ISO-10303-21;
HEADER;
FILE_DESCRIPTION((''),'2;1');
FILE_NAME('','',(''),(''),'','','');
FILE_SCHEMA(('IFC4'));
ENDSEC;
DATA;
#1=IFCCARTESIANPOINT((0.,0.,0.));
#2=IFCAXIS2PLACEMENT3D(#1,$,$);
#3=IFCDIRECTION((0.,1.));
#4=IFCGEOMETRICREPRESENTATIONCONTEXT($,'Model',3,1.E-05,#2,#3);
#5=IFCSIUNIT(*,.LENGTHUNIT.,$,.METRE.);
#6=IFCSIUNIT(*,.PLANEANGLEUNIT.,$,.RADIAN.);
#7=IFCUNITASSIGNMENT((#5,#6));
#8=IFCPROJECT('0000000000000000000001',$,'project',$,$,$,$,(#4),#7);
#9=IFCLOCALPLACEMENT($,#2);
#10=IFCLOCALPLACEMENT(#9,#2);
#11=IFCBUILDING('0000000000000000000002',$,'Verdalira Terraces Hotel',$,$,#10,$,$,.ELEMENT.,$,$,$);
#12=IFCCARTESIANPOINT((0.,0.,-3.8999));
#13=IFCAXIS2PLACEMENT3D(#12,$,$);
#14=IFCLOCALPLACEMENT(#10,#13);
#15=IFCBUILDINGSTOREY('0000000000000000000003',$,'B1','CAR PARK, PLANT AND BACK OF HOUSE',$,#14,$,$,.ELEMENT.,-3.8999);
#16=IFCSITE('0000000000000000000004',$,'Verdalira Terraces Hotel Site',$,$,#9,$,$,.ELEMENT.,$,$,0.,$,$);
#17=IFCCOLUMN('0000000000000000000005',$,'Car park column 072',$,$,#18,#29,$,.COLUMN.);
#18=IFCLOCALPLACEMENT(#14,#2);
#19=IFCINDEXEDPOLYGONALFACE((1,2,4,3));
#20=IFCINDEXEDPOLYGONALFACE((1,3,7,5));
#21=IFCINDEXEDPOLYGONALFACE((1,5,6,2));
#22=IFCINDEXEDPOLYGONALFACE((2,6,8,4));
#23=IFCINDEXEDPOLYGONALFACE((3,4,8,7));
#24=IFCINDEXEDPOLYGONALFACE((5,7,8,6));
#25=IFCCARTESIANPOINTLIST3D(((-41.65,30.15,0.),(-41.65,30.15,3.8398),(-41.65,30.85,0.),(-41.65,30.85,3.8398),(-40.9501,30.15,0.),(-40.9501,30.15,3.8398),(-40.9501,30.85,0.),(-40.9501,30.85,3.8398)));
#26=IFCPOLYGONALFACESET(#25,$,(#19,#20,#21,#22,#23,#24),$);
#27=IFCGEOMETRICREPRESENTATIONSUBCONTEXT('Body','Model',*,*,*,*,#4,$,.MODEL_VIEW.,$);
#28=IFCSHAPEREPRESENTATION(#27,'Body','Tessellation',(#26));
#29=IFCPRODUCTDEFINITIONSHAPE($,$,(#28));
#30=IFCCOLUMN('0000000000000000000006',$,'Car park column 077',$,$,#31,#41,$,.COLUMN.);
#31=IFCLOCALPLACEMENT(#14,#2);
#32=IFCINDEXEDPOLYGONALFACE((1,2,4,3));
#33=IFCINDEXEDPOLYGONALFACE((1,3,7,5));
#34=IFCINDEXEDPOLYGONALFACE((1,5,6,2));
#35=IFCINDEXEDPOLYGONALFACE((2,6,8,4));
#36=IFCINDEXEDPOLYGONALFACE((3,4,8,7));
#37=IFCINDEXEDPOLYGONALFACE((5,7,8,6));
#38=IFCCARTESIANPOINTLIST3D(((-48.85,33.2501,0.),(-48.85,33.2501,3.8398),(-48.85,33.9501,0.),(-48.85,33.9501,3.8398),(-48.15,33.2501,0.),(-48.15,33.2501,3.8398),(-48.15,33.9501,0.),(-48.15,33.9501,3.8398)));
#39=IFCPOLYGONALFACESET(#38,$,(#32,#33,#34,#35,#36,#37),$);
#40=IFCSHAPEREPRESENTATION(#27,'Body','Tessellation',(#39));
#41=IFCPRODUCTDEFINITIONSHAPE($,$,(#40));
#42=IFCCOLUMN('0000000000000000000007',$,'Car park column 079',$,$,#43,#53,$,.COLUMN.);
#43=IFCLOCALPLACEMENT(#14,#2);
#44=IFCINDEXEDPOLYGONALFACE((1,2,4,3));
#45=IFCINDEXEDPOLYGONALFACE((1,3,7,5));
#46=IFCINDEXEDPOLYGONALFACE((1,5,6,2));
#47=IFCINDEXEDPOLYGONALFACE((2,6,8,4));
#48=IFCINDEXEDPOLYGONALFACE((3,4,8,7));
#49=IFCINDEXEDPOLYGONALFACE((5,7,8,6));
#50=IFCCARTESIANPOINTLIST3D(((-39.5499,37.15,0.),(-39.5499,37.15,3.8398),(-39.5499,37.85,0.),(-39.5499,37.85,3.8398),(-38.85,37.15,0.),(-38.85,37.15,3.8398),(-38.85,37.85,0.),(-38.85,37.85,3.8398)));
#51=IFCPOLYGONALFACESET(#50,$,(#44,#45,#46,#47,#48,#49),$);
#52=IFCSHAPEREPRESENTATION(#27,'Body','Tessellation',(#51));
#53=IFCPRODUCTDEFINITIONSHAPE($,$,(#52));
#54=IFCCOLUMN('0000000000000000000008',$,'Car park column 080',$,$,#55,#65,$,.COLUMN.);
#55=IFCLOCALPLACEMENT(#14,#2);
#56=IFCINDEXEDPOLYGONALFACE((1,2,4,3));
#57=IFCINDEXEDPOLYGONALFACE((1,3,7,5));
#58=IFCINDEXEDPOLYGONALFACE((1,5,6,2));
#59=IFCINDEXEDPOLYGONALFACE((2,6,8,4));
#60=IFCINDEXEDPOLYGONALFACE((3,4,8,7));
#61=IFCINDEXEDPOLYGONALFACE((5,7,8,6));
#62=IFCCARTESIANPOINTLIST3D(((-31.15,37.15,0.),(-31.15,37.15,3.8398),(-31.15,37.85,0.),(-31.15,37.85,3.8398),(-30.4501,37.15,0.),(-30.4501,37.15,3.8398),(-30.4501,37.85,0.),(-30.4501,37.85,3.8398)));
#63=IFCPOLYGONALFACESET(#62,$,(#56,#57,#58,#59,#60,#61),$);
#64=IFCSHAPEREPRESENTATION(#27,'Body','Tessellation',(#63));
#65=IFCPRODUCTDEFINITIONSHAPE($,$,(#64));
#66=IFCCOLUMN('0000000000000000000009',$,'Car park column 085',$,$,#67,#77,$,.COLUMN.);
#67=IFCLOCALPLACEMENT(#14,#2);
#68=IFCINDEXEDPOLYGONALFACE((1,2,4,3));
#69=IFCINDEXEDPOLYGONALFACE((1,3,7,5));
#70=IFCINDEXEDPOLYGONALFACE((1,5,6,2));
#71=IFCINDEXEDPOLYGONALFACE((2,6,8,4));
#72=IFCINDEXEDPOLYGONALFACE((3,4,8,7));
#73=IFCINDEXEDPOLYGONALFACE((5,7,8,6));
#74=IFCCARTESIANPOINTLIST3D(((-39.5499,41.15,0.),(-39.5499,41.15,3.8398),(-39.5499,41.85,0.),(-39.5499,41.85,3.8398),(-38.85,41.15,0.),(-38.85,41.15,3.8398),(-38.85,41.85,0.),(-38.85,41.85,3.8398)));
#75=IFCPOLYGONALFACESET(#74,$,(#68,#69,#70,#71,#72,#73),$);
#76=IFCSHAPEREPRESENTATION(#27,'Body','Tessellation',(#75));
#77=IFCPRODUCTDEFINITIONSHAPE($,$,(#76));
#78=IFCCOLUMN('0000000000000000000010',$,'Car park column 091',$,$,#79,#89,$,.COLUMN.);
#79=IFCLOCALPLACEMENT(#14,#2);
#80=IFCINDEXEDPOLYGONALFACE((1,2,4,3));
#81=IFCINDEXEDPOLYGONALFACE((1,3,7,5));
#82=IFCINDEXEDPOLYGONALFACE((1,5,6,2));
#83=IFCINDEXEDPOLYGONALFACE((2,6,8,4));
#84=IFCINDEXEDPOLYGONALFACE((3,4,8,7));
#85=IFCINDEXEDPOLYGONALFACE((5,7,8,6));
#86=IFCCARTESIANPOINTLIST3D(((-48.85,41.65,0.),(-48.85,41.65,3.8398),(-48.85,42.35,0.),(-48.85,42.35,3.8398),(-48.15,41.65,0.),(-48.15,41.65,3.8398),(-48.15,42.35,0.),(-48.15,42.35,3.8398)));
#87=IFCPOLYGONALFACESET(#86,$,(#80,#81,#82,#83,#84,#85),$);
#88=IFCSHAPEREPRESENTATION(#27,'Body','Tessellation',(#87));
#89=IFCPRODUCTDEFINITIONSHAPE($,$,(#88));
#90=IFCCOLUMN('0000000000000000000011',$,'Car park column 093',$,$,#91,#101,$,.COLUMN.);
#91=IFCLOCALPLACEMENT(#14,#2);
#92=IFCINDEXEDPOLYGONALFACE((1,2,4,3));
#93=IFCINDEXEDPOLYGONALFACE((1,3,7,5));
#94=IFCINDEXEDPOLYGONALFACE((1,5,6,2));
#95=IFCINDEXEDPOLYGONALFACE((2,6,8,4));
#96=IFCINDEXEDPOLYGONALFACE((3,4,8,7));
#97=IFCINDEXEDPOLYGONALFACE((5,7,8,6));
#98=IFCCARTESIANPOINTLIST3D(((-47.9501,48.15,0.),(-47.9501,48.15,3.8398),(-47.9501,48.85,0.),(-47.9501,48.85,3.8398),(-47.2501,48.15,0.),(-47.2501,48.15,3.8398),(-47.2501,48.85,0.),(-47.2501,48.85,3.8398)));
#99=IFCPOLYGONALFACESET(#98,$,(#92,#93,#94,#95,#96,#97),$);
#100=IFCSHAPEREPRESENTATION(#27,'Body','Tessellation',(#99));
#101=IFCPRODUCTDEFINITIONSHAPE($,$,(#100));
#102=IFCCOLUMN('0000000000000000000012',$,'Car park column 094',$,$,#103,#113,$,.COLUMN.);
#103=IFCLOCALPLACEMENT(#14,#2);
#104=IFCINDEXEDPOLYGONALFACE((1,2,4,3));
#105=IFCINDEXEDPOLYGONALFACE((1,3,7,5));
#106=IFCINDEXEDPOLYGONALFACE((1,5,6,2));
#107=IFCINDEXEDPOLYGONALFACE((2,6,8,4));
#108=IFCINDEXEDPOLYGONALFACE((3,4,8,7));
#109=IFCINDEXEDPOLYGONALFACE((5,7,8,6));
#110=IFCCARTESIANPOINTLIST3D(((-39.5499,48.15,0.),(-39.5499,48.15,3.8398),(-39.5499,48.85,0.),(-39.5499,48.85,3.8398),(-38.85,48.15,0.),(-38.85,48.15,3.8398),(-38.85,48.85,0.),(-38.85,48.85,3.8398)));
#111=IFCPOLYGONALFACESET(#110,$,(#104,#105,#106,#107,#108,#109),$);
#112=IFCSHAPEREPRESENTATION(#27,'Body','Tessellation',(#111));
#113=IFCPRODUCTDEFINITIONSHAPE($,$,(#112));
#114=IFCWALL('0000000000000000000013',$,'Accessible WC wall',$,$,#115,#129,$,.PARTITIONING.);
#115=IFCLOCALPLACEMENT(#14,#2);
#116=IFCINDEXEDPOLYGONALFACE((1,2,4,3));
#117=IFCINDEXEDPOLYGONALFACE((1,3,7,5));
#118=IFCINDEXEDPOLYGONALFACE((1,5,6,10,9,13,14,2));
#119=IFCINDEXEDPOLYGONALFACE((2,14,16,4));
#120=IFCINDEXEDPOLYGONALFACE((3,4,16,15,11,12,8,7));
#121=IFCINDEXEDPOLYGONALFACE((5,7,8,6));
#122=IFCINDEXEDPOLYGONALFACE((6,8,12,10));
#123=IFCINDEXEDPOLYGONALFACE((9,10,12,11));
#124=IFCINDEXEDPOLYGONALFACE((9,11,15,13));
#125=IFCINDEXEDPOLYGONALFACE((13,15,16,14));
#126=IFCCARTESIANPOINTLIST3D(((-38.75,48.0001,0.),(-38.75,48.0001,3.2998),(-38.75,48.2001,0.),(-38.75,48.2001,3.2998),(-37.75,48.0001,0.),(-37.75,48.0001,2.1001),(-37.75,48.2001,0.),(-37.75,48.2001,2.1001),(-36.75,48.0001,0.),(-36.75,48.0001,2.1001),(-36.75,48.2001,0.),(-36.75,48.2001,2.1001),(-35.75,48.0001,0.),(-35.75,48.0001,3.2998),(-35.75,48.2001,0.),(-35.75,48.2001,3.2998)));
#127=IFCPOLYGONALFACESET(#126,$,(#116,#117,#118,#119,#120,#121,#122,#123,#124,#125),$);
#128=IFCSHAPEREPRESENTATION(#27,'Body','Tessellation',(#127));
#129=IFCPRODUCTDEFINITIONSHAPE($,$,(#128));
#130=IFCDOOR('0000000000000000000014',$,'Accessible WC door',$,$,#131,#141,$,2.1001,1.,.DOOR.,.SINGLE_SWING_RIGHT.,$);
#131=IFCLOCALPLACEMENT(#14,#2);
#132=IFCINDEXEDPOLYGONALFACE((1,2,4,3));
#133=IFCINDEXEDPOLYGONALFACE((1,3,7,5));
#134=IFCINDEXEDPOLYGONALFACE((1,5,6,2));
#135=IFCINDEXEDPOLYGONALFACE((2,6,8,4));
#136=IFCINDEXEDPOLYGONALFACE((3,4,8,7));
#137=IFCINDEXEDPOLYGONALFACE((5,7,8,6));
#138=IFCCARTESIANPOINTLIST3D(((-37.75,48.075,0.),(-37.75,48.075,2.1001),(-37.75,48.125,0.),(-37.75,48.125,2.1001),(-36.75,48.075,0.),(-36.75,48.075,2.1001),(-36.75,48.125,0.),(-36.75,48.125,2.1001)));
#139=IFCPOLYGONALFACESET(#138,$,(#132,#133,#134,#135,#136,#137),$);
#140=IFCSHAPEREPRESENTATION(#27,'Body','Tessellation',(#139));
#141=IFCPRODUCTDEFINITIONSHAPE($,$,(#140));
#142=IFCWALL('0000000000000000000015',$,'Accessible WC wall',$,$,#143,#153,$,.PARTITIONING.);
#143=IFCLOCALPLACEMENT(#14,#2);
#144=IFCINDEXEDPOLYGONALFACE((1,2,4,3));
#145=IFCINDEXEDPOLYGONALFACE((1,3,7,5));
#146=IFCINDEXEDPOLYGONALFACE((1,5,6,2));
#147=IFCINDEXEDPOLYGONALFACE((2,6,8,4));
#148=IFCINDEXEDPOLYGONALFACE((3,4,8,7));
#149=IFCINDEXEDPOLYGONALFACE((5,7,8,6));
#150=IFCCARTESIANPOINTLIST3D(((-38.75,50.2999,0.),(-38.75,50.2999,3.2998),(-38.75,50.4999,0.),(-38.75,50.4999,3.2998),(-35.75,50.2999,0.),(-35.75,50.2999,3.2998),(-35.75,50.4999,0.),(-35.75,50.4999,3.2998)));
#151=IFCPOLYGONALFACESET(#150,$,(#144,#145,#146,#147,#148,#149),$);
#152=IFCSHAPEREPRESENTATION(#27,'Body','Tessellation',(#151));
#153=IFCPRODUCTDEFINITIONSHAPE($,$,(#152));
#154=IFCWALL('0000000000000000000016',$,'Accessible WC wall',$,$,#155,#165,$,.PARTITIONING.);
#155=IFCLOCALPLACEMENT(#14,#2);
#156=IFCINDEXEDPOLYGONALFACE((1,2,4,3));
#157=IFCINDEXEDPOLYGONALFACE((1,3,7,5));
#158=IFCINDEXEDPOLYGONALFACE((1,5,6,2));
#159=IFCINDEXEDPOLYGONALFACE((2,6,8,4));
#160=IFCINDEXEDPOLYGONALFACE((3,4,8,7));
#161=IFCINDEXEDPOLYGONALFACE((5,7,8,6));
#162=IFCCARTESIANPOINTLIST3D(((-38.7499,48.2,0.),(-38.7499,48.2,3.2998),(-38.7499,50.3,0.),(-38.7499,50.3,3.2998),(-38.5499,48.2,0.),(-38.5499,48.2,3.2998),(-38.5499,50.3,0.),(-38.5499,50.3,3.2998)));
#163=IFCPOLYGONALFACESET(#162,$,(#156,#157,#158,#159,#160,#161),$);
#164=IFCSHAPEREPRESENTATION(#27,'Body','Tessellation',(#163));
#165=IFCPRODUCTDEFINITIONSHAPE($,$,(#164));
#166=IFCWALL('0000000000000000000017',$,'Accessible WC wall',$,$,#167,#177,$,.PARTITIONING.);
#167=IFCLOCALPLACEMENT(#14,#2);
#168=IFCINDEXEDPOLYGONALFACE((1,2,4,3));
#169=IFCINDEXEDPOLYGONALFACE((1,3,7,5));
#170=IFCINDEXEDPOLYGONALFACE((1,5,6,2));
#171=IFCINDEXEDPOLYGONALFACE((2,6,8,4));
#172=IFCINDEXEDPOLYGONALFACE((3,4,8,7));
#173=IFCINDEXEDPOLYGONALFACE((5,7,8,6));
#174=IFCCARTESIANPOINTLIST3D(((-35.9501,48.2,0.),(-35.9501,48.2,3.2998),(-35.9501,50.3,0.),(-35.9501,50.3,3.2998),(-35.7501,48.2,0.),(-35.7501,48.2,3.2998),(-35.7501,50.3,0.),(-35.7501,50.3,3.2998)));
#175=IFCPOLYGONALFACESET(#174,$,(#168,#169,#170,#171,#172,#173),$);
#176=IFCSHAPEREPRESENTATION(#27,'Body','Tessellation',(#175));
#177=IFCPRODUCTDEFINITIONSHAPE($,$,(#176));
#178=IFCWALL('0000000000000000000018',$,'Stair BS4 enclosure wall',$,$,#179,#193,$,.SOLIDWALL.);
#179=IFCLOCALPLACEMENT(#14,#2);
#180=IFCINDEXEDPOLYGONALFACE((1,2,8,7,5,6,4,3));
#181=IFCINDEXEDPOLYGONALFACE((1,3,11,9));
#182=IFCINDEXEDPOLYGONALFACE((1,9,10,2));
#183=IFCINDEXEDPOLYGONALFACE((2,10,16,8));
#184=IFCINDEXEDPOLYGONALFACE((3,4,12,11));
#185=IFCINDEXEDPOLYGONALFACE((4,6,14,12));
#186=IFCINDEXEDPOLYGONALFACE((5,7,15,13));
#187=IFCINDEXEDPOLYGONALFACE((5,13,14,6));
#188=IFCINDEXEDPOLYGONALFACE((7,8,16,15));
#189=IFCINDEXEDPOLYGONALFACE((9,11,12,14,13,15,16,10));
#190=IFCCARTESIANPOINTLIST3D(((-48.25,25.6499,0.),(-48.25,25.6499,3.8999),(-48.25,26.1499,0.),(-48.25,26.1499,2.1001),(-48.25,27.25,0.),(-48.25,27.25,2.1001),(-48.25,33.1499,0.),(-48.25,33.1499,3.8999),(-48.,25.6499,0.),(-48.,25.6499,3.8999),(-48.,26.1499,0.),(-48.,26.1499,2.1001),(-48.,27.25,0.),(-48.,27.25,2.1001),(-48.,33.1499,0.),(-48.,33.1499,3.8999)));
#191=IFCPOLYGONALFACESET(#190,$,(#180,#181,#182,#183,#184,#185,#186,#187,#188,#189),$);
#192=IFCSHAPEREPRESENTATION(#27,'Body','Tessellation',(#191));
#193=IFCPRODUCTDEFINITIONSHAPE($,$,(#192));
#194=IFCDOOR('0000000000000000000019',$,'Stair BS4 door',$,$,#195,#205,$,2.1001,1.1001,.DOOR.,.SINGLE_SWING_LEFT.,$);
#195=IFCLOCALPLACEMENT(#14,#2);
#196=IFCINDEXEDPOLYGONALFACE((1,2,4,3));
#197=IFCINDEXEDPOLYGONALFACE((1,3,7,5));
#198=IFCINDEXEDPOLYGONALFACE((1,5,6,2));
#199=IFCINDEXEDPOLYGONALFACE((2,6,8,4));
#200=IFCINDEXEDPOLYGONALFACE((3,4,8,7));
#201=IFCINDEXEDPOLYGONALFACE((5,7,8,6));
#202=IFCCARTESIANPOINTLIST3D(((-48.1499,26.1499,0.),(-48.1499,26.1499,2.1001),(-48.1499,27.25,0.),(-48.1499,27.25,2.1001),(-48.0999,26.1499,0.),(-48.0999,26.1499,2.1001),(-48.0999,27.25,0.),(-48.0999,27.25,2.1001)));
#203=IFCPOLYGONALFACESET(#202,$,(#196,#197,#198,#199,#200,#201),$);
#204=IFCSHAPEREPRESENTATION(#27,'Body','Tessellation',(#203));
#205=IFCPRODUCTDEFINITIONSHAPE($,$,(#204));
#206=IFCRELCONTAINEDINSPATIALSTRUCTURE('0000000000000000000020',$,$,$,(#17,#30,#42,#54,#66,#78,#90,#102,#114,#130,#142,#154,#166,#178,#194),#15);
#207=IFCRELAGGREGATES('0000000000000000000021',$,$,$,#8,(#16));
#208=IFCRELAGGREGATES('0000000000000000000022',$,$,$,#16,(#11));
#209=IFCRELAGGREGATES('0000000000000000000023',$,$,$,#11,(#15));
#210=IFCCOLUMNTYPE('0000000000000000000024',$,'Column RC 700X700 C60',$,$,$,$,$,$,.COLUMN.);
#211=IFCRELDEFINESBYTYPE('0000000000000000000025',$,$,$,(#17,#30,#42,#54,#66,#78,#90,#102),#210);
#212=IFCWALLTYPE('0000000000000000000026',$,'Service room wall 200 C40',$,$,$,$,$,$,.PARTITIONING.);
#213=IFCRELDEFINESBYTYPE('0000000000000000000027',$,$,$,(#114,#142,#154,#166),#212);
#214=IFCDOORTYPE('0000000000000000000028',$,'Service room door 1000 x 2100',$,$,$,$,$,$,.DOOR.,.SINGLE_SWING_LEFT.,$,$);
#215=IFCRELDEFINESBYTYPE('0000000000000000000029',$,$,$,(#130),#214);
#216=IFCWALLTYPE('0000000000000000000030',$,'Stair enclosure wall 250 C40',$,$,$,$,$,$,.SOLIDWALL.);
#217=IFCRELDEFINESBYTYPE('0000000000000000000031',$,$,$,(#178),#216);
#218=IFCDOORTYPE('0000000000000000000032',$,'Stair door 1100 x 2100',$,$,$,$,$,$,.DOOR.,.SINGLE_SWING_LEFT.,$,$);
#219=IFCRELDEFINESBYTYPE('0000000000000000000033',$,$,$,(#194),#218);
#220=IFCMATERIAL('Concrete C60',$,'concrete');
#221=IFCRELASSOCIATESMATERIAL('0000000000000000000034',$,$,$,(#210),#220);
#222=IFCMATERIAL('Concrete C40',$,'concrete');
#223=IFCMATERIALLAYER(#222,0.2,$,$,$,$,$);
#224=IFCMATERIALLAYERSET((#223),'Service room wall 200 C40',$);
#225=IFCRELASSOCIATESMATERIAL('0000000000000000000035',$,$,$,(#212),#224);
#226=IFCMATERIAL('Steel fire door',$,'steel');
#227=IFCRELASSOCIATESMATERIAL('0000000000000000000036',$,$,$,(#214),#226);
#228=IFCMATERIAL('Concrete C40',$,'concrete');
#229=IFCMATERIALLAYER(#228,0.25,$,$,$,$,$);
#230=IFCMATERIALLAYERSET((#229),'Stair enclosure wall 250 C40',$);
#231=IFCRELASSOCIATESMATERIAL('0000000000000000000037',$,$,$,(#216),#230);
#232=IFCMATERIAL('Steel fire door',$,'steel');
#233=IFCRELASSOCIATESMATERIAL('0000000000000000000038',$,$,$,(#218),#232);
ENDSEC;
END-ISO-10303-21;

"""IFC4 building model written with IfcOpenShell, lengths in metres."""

from ifc_helpers import new_model, si_unit, direction, frame, frame_2d, origin, origin_2d, place, context, subcontext, project, spatial, rectangle, extrude, material, layer, layer_set, material_profile, profile_set, type_object, element, fill, save


model = new_model("IFC4")

# Units and contexts
model_context = context("Model", 3, precision=1e-05, world=origin(), true_north=direction((0.0, 1.0)))
body_context = subcontext(model_context, "Body", "Model", "MODEL_VIEW")
ifc_project = project(units=[si_unit("LENGTHUNIT", "METRE"), si_unit("PLANEANGLEUNIT", "RADIAN")], contexts=[model_context])

# Site, building, storey
site_placement = place(None, origin())
site = spatial("IfcSite", under=ifc_project, at=site_placement, Name="Verdalira Terraces Hotel Site", CompositionType="ELEMENT", RefElevation=0.0)
building_placement = place(site_placement, origin())
building = spatial("IfcBuilding", under=site, at=building_placement, Name="Verdalira Terraces Hotel", CompositionType="ELEMENT")
storey_placement = place(building_placement, frame((0.0, 0.0, -3.8999)))
storey = spatial("IfcBuildingStorey", under=building, at=storey_placement, Name="B1", Description="CAR PARK, PLANT AND BACK OF HOUSE", CompositionType="ELEMENT", Elevation=-3.8999)

# Columns
ifc_material_1 = material(Name="Concrete C60", Category="concrete")
ifc_material_profile = material_profile(ifc_material_1, rectangle(XDim=0.7, YDim=0.7, at=origin_2d()), Name="RC 700X700")
ifc_profile_set = profile_set([ifc_material_profile], Name="Concrete C60")
column_type = type_object("IfcColumnType", Name="Column RC 700X700 C60", PredefinedType="COLUMN", material=ifc_profile_set)
for number, where, z_axis, x_axis, name in (
    (1, (-41.3, 30.5, 0.0), (0.0, 0.0, 1.0), (1.0, 0.0, 0.0), "Car park column 072"),
    (2, (-48.5, 33.6001, 0.0), (0.0, 0.0, 1.0), (1.0, 0.0, 0.0), "Car park column 077"),
    (3, (-39.2, 37.5, 0.0), (0.0, 0.0, 1.0), (1.0, 0.0, 0.0), "Car park column 079"),
    (4, (-30.8, 37.5, 0.0), (0.0, 0.0, 1.0), (1.0, 0.0, 0.0), "Car park column 080"),
    (5, (-39.2, 41.5, 0.0), (0.0, 0.0, 1.0), (1.0, 0.0, 0.0), "Car park column 085"),
    (6, (-48.5, 42.0, 0.0), (0.0, 0.0, 1.0), (1.0, 0.0, 0.0), "Car park column 091"),
    (7, (-47.6001, 48.5, 0.0), (0.0, 0.0, 1.0), (1.0, 0.0, 0.0), "Car park column 093"),
    (8, (-39.2, 48.5, 0.0), (0.0, 0.0, 1.0), (1.0, 0.0, 0.0), "Car park column 094"),
):
    element("IfcColumn", number, at=place(storey_placement, frame(where, z_axis=z_axis, x_axis=x_axis)), inside=storey, type_object=column_type, Name=name, PredefinedType="COLUMN", context=body_context, shape_type="SweptSolid", body=[
        extrude(rectangle(XDim=0.7, YDim=0.7, at=origin_2d()), origin(), (0.0, 0.0, 1.0), 3.8398),
    ])

# Wall, opening, door
ifc_material_2 = material(Name="Concrete C40", Category="concrete")
ifc_layer_1 = layer(ifc_material_2, 0.2)
ifc_layer_set_1 = layer_set([ifc_layer_1], Name="Service room wall 200 C40")
wall_type_1 = type_object("IfcWallType", Name="Service room wall 200 C40", PredefinedType="PARTITIONING", material=ifc_layer_set_1)
wall_1_placement = place(storey_placement, frame((-38.75, 48.1001, 0.0), z_axis=(0.0, 0.0, 1.0), x_axis=(1.0, 0.0, 0.0)))
wall_1 = element("IfcWall", 9, at=wall_1_placement, inside=storey, type_object=wall_type_1, Name="Accessible WC wall", PredefinedType="PARTITIONING", context=body_context, shape_type="SweptSolid", body=[
    extrude(rectangle(XDim=3.0, YDim=0.2, at=frame_2d((1.5, 0.0))), origin(), (0.0, 0.0, 1.0), 3.2998),
])
opening_1_placement = place(wall_1_placement, frame((1.0, 0.0, 0.0)))
opening_1 = element("IfcOpeningElement", 10, at=opening_1_placement, cuts=wall_1, PredefinedType="OPENING", context=body_context, shape_type="SweptSolid", body=[
    extrude(rectangle(XDim=1.0, YDim=2.1001, at=frame_2d((0.5, 1.05))), frame((0.0, 0.1099, 0.0), z_axis=(0.0, -1.0, 0.0), x_axis=(1.0, 0.0, 0.0)), (0.0, 0.0, 1.0), 0.22),
])
ifc_material_3 = material(Name="Steel fire door", Category="steel")
door_type_1 = type_object("IfcDoorType", Name="Service room door 1000 x 2100", OperationType="SINGLE_SWING_LEFT", PredefinedType="DOOR", material=ifc_material_3)
door_1_placement = place(opening_1_placement, origin())
door_1 = element("IfcDoor", 11, at=door_1_placement, inside=storey, type_object=door_type_1, Name="Accessible WC door", OperationType="SINGLE_SWING_RIGHT", OverallHeight=2.1001, OverallWidth=1.0, PredefinedType="DOOR", context=body_context, shape_type="SweptSolid", body=[
    extrude(rectangle(XDim=1.0, YDim=2.1001, at=frame_2d((0.5, 1.05))), frame((0.0, 0.0249, 0.0), z_axis=(0.0, -1.0, 0.0), x_axis=(1.0, 0.0, 0.0)), (0.0, 0.0, 1.0), 0.05),
])
fill(opening_1, door_1)

# Walls
wall_2_placement = place(storey_placement, frame((-38.75, 50.3999, 0.0), z_axis=(0.0, 0.0, 1.0), x_axis=(1.0, 0.0, 0.0)))
element("IfcWall", 12, at=wall_2_placement, inside=storey, type_object=wall_type_1, Name="Accessible WC wall", PredefinedType="PARTITIONING", context=body_context, shape_type="SweptSolid", body=[
    extrude(rectangle(XDim=3.0, YDim=0.2, at=frame_2d((1.5, 0.0))), origin(), (0.0, 0.0, 1.0), 3.2998),
])
for number, where, z_axis, x_axis, name in (
    (13, (-38.6499, 48.2, 0.0), (0.0, 0.0, 1.0), (0.0, 1.0, 0.0), "Accessible WC wall"),
    (14, (-35.8501, 48.2, 0.0), (0.0, 0.0, 1.0), (0.0, 1.0, 0.0), "Accessible WC wall"),
):
    element("IfcWall", number, at=place(storey_placement, frame(where, z_axis=z_axis, x_axis=x_axis)), inside=storey, type_object=wall_type_1, Name=name, PredefinedType="PARTITIONING", context=body_context, shape_type="SweptSolid", body=[
        extrude(rectangle(XDim=2.1001, YDim=0.2, at=frame_2d((1.05, 0.0))), origin(), (0.0, 0.0, 1.0), 3.2998),
    ])

# Wall, opening, door
ifc_material_4 = material(Name="Concrete C40", Category="concrete")
ifc_layer_2 = layer(ifc_material_4, 0.25)
ifc_layer_set_2 = layer_set([ifc_layer_2], Name="Stair enclosure wall 250 C40")
wall_type_2 = type_object("IfcWallType", Name="Stair enclosure wall 250 C40", PredefinedType="SOLIDWALL", material=ifc_layer_set_2)
wall_3_placement = place(storey_placement, frame((-48.125, 25.6499, 0.0), z_axis=(0.0, 0.0, 1.0), x_axis=(0.0, 1.0, 0.0)))
wall_3 = element("IfcWall", 15, at=wall_3_placement, inside=storey, type_object=wall_type_2, Name="Stair BS4 enclosure wall", PredefinedType="SOLIDWALL", context=body_context, shape_type="SweptSolid", body=[
    extrude(rectangle(XDim=7.5, YDim=0.25, at=frame_2d((3.75, 0.0))), origin(), (0.0, 0.0, 1.0), 3.8999),
])
opening_2_placement = place(wall_3_placement, frame((0.5, 0.0, 0.0)))
opening_2 = element("IfcOpeningElement", 16, at=opening_2_placement, cuts=wall_3, PredefinedType="OPENING", context=body_context, shape_type="SweptSolid", body=[
    extrude(rectangle(XDim=1.1001, YDim=2.1001, at=frame_2d((0.55, 1.05))), frame((0.0, 0.135, 0.0), z_axis=(0.0, -1.0, 0.0), x_axis=(1.0, 0.0, 0.0)), (0.0, 0.0, 1.0), 0.27),
])
ifc_material_5 = material(Name="Steel fire door", Category="steel")
door_type_2 = type_object("IfcDoorType", Name="Stair door 1100 x 2100", OperationType="SINGLE_SWING_LEFT", PredefinedType="DOOR", material=ifc_material_5)
door_2_placement = place(opening_2_placement, origin())
door_2 = element("IfcDoor", 17, at=door_2_placement, inside=storey, type_object=door_type_2, Name="Stair BS4 door", OperationType="SINGLE_SWING_LEFT", OverallHeight=2.1001, OverallWidth=1.1001, PredefinedType="DOOR", context=body_context, shape_type="SweptSolid", body=[
    extrude(rectangle(XDim=1.1001, YDim=2.1001, at=frame_2d((0.55, 1.05))), frame((0.0, 0.0249, 0.0), z_axis=(0.0, -1.0, 0.0), x_axis=(1.0, 0.0, 0.0)), (0.0, 0.0, 1.0), 0.05),
])
fill(opening_2, door_2)

save(model, "model.ifc")
